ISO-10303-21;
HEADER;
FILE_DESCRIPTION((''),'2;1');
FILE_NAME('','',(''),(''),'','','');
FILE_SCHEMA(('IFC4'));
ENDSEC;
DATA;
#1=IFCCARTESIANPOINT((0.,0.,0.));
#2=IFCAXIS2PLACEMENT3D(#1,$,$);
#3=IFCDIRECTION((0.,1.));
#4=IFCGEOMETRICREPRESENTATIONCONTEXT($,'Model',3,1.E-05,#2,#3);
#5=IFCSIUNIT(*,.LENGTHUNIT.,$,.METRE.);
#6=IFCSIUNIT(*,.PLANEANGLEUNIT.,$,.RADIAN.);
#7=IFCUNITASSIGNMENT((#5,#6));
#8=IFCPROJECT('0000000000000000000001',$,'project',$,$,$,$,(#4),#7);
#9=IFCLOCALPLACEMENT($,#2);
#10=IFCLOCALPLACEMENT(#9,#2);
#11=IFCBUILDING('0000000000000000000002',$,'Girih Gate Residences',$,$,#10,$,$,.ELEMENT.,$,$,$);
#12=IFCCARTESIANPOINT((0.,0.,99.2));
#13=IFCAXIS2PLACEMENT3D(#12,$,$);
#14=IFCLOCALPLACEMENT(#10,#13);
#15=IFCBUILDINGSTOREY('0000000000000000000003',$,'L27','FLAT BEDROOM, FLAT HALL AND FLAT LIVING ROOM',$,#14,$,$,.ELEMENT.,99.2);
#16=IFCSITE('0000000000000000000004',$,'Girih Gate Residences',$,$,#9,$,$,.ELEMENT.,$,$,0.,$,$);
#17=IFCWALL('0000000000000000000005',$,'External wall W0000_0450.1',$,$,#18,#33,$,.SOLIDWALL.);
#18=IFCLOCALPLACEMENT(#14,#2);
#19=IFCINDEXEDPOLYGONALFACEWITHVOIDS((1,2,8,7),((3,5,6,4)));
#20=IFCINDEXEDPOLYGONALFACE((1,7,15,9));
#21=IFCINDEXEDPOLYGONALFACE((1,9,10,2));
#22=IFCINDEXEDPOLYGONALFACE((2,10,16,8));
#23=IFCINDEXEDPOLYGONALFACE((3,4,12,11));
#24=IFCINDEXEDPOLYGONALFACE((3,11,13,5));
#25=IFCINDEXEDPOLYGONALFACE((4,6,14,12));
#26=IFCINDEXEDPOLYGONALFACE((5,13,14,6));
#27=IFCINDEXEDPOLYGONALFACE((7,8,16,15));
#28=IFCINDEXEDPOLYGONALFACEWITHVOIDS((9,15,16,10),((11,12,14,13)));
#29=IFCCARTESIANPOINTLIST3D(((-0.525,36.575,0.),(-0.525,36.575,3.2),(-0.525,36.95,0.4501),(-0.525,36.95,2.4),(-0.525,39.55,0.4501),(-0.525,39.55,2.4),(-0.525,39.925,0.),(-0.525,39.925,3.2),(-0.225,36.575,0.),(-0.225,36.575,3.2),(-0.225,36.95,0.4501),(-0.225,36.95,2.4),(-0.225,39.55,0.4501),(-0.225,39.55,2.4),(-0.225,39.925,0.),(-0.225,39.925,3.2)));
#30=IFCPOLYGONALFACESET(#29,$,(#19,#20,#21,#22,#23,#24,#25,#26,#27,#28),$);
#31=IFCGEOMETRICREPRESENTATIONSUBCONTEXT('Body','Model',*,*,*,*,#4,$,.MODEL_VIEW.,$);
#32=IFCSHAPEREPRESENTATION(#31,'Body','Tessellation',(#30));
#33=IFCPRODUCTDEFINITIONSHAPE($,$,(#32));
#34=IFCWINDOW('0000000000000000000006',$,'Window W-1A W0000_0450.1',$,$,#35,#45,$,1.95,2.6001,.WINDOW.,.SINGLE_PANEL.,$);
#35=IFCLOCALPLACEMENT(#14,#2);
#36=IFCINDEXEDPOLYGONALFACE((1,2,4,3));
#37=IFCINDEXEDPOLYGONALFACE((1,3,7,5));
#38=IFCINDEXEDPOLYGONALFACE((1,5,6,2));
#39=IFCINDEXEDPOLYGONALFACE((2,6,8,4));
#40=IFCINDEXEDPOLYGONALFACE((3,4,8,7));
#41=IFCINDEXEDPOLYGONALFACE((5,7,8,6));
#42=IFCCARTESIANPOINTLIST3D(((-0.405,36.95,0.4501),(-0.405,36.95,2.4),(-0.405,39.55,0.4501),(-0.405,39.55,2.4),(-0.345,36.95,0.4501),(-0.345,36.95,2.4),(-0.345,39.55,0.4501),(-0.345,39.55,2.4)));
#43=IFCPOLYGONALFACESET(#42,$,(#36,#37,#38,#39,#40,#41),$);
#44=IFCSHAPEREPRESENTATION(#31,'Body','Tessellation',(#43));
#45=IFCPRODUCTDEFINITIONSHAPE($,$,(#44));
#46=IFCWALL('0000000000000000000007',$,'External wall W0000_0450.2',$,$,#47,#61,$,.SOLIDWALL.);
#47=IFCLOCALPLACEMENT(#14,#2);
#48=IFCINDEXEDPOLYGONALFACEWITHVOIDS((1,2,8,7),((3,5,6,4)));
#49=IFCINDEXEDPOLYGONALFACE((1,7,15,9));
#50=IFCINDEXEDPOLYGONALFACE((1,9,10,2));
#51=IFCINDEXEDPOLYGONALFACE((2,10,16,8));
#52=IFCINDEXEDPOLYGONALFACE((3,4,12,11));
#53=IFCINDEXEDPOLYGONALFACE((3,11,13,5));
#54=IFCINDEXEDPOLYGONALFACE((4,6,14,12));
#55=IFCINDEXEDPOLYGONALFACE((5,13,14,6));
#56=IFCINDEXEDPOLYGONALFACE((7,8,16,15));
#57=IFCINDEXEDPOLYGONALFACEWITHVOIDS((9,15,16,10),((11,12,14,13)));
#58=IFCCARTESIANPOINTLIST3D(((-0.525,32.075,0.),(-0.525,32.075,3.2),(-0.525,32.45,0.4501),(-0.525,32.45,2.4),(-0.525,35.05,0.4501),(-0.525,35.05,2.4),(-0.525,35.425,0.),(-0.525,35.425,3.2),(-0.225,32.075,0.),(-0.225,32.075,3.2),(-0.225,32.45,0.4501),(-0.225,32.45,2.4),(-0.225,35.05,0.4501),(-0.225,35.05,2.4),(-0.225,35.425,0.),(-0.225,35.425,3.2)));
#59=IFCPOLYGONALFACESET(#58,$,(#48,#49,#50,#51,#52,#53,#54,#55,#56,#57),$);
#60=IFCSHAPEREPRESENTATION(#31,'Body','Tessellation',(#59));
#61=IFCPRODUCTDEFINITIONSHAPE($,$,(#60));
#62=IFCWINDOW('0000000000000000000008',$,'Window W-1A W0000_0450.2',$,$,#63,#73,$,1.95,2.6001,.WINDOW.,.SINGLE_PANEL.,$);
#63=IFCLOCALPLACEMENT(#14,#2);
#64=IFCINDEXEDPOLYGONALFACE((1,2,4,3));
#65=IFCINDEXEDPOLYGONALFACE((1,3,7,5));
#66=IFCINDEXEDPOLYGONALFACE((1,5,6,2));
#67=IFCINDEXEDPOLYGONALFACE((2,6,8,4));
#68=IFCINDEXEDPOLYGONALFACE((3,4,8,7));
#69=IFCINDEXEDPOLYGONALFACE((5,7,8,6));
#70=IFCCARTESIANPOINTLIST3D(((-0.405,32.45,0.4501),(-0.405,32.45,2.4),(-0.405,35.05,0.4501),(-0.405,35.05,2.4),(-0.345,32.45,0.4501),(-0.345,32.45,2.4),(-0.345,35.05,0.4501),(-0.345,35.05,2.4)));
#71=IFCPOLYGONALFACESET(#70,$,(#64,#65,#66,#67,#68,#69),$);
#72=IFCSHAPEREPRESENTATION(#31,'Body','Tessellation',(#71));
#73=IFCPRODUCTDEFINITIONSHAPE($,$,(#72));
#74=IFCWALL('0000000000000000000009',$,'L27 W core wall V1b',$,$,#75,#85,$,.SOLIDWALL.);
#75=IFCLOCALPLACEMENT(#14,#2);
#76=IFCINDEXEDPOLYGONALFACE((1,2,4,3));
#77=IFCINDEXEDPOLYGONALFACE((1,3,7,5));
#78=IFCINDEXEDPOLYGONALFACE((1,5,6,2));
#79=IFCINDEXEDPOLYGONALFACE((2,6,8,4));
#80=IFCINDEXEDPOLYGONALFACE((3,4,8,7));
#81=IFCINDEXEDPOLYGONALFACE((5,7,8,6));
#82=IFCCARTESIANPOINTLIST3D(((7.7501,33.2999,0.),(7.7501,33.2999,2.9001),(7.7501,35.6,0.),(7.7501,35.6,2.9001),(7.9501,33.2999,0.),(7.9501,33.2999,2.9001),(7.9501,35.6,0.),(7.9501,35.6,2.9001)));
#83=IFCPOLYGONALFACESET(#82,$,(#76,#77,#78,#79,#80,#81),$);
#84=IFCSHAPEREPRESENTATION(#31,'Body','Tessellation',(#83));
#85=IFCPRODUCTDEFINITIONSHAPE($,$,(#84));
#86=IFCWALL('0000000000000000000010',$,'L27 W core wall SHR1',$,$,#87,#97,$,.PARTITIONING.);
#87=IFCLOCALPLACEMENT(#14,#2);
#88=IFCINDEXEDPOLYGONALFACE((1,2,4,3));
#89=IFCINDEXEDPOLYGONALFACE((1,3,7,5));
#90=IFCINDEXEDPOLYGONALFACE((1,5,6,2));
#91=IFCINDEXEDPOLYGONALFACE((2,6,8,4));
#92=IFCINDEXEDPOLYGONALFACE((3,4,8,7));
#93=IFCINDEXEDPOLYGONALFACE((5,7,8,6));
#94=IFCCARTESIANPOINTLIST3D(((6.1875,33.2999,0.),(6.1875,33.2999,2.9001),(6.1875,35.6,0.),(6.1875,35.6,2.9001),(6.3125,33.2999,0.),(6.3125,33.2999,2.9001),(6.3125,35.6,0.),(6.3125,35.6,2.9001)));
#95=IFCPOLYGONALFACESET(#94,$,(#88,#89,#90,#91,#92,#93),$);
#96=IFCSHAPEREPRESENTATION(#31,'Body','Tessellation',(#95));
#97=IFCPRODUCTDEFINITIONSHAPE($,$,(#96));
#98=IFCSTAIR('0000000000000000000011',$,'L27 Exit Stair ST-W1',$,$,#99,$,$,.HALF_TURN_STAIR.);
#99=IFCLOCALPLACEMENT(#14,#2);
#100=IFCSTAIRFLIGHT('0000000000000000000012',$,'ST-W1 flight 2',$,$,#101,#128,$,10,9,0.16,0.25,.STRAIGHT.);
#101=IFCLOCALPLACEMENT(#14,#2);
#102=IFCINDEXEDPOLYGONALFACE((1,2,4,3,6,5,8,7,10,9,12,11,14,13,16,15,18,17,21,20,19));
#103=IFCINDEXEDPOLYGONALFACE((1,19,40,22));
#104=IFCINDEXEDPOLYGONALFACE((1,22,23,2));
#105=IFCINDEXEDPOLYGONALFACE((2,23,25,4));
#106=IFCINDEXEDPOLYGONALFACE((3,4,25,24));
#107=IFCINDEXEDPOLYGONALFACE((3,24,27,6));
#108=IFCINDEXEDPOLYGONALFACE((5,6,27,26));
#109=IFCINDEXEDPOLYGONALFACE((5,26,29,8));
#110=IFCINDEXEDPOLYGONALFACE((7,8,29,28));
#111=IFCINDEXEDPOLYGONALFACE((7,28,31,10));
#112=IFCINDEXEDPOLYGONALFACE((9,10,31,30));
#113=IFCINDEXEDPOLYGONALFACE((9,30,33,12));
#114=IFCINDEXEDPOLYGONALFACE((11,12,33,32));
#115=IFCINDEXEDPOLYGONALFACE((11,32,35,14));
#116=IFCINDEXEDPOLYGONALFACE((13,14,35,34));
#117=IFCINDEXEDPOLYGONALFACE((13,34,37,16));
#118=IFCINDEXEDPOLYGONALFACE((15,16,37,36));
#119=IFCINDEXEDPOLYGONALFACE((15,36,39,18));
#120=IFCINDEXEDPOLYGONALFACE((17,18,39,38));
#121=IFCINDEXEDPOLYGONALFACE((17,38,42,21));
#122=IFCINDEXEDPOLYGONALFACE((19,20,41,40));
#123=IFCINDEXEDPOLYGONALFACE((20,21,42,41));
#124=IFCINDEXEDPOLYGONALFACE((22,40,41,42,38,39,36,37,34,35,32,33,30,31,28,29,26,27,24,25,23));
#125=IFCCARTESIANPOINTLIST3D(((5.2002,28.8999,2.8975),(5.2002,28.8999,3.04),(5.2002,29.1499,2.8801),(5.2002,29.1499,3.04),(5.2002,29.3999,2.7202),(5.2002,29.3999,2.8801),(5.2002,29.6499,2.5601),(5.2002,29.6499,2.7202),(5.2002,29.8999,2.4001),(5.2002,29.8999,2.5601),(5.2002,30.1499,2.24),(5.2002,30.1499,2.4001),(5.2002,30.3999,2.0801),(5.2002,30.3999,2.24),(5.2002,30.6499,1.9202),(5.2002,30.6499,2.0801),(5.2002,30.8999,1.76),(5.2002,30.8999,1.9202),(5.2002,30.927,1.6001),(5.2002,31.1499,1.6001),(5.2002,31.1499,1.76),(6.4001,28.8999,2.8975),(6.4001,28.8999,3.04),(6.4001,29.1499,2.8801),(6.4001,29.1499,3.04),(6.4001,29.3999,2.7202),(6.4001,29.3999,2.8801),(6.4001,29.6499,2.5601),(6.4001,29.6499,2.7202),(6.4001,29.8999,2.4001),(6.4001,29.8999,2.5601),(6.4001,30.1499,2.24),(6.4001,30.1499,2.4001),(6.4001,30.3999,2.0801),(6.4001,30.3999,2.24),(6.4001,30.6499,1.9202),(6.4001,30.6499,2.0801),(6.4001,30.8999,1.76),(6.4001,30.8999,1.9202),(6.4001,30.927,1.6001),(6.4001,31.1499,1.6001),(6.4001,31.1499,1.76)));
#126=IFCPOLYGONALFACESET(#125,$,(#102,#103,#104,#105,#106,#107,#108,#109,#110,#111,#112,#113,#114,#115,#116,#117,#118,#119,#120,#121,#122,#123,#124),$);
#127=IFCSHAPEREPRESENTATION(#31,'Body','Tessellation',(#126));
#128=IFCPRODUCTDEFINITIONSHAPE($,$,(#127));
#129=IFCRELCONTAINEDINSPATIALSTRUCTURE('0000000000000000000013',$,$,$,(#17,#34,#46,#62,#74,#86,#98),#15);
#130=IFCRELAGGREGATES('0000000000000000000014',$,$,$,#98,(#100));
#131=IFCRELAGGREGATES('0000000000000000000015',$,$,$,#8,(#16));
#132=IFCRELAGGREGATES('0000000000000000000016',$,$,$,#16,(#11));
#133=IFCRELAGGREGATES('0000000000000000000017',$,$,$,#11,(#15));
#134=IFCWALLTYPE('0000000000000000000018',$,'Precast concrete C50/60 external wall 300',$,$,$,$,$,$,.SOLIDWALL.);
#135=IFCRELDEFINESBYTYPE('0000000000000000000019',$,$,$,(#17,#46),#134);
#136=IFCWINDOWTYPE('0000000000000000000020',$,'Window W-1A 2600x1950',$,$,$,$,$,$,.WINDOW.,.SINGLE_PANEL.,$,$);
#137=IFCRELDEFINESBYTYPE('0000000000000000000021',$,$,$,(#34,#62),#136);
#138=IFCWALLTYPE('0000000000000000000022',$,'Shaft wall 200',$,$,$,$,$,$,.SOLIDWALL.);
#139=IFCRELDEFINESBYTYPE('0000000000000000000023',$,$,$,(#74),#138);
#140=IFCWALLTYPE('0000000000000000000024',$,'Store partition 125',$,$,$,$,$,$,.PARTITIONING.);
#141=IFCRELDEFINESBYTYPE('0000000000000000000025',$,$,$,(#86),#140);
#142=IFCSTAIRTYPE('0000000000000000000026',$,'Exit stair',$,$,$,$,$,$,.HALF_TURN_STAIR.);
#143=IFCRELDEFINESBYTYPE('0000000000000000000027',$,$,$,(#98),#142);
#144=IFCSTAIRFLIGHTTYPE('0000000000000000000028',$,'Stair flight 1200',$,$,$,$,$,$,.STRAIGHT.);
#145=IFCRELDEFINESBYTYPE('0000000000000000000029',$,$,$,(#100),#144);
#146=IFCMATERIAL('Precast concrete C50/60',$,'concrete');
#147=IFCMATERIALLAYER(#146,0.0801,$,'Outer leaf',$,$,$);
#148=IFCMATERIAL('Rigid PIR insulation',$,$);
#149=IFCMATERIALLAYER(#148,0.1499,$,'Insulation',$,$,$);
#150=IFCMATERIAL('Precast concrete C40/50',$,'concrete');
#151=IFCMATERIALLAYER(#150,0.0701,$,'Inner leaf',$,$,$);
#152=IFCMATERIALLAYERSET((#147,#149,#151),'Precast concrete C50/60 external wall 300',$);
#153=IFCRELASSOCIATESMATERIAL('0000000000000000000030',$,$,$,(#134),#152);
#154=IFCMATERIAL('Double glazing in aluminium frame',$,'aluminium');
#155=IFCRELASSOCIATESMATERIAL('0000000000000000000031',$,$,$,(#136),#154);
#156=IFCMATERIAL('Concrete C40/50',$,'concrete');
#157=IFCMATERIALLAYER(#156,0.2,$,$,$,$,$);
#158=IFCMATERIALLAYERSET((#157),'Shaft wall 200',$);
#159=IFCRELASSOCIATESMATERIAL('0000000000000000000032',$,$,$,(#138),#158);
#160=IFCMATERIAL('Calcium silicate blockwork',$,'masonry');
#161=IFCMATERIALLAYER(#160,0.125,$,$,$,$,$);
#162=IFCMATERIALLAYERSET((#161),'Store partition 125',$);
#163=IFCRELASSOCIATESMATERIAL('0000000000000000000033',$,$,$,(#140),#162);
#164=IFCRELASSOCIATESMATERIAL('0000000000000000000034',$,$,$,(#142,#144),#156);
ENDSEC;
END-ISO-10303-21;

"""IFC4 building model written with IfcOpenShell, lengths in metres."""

from ifc_helpers import new_model, si_unit, direction, frame, frame_2d, origin, place, context, subcontext, project, spatial, polyline, rectangle, outline, extrude, material, layer, layer_set, type_object, element, fill, aggregate, save


model = new_model("IFC4")

# Units and contexts
model_context = context("Model", 3, precision=1e-05, world=origin(), true_north=direction((0.0, 1.0)))
body_context = subcontext(model_context, "Body", "Model", "MODEL_VIEW")
ifc_project = project(units=[si_unit("LENGTHUNIT", "METRE"), si_unit("PLANEANGLEUNIT", "RADIAN")], contexts=[model_context])

# Site, building, storey
site_placement = place(None, origin())
site = spatial("IfcSite", under=ifc_project, at=site_placement, Name="Girih Gate Residences", CompositionType="ELEMENT", RefElevation=0.0)
building_placement = place(site_placement, origin())
building = spatial("IfcBuilding", under=site, at=building_placement, Name="Girih Gate Residences", CompositionType="ELEMENT")
storey_placement = place(building_placement, frame((0.0, 0.0, 99.2)))
storey = spatial("IfcBuildingStorey", under=building, at=storey_placement, Name="L27", Description="FLAT BEDROOM, FLAT HALL AND FLAT LIVING ROOM", CompositionType="ELEMENT", Elevation=99.2)

# Shared definitions
ifc_material_1 = material(Name="Concrete C40/50", Category="concrete")

# Walls, openings, windows
ifc_material_2 = material(Name="Precast concrete C50/60", Category="concrete")
ifc_layer_1 = layer(ifc_material_2, 0.0801, Name="Outer leaf")
ifc_material_3 = material(Name="Rigid PIR insulation")
ifc_layer_2 = layer(ifc_material_3, 0.1499, Name="Insulation")
ifc_material_4 = material(Name="Precast concrete C40/50", Category="concrete")
ifc_layer_3 = layer(ifc_material_4, 0.0701, Name="Inner leaf")
ifc_layer_set_1 = layer_set([ifc_layer_1, ifc_layer_2, ifc_layer_3], Name="Precast concrete C50/60 external wall 300")
wall_type_1 = type_object("IfcWallType", Name="Precast concrete C50/60 external wall 300", PredefinedType="SOLIDWALL", material=ifc_layer_set_1)
wall_1_placement = place(storey_placement, frame((-0.375, 36.575, 0.0), z_axis=(0.0, 0.0, 1.0), x_axis=(0.0, 1.0, 0.0)))
wall_1 = element("IfcWall", 1, at=wall_1_placement, inside=storey, type_object=wall_type_1, Name="External wall W0000_0450.1", PredefinedType="SOLIDWALL", context=body_context, shape_type="SweptSolid", body=[
    extrude(rectangle(XDim=3.3501, YDim=0.3, at=frame_2d((1.675, 0.0))), origin(), (0.0, 0.0, 1.0), 3.2),
])
opening_1_placement = place(wall_1_placement, frame((0.375, 0.0, 0.45)))
opening_1 = element("IfcOpeningElement", 2, at=opening_1_placement, cuts=wall_1, PredefinedType="OPENING", context=body_context, shape_type="SweptSolid", body=[
    extrude(rectangle(XDim=2.6001, YDim=1.95, at=frame_2d((1.3, 0.9751))), frame((0.0, 0.1599, 0.0), z_axis=(0.0, -1.0, 0.0), x_axis=(1.0, 0.0, 0.0)), (0.0, 0.0, 1.0), 0.3201),
])
ifc_material_5 = material(Name="Double glazing in aluminium frame", Category="aluminium")
window_type = type_object("IfcWindowType", Name="Window W-1A 2600x1950", PartitioningType="SINGLE_PANEL", PredefinedType="WINDOW", material=ifc_material_5)
window_1_placement = place(opening_1_placement, origin())
window_1 = element("IfcWindow", 3, at=window_1_placement, inside=storey, type_object=window_type, Name="Window W-1A W0000_0450.1", OverallHeight=1.95, OverallWidth=2.6001, PartitioningType="SINGLE_PANEL", PredefinedType="WINDOW", context=body_context, shape_type="SweptSolid", body=[
    extrude(rectangle(XDim=2.6001, YDim=1.95, at=frame_2d((1.3, 0.9751))), frame((0.0, 0.03, 0.0), z_axis=(0.0, -1.0, 0.0), x_axis=(1.0, 0.0, 0.0)), (0.0, 0.0, 1.0), 0.0601),
])
fill(opening_1, window_1)
wall_2_placement = place(storey_placement, frame((-0.375, 32.075, 0.0), z_axis=(0.0, 0.0, 1.0), x_axis=(0.0, 1.0, 0.0)))
wall_2 = element("IfcWall", 4, at=wall_2_placement, inside=storey, type_object=wall_type_1, Name="External wall W0000_0450.2", PredefinedType="SOLIDWALL", context=body_context, shape_type="SweptSolid", body=[
    extrude(rectangle(XDim=3.3501, YDim=0.3, at=frame_2d((1.675, 0.0))), origin(), (0.0, 0.0, 1.0), 3.2),
])
opening_2_placement = place(wall_2_placement, frame((0.375, 0.0, 0.45)))
opening_2 = element("IfcOpeningElement", 5, at=opening_2_placement, cuts=wall_2, PredefinedType="OPENING", context=body_context, shape_type="SweptSolid", body=[
    extrude(rectangle(XDim=2.6001, YDim=1.95, at=frame_2d((1.3, 0.9751))), frame((0.0, 0.1599, 0.0), z_axis=(0.0, -1.0, 0.0), x_axis=(1.0, 0.0, 0.0)), (0.0, 0.0, 1.0), 0.3201),
])
window_2_placement = place(opening_2_placement, origin())
window_2 = element("IfcWindow", 6, at=window_2_placement, inside=storey, type_object=window_type, Name="Window W-1A W0000_0450.2", OverallHeight=1.95, OverallWidth=2.6001, PartitioningType="SINGLE_PANEL", PredefinedType="WINDOW", context=body_context, shape_type="SweptSolid", body=[
    extrude(rectangle(XDim=2.6001, YDim=1.95, at=frame_2d((1.3, 0.9751))), frame((0.0, 0.03, 0.0), z_axis=(0.0, -1.0, 0.0), x_axis=(1.0, 0.0, 0.0)), (0.0, 0.0, 1.0), 0.0601),
])
fill(opening_2, window_2)

# Walls
ifc_layer_4 = layer(ifc_material_1, 0.2)
ifc_layer_set_2 = layer_set([ifc_layer_4], Name="Shaft wall 200")
wall_type_2 = type_object("IfcWallType", Name="Shaft wall 200", PredefinedType="SOLIDWALL", material=ifc_layer_set_2)
wall_3_placement = place(storey_placement, frame((7.8501, 33.3, 0.0), z_axis=(0.0, 0.0, 1.0), x_axis=(0.0, 1.0, 0.0)))
element("IfcWall", 7, at=wall_3_placement, inside=storey, type_object=wall_type_2, Name="L27 W core wall V1b", PredefinedType="SOLIDWALL", context=body_context, shape_type="SweptSolid", body=[
    extrude(rectangle(XDim=2.3, YDim=0.2, at=frame_2d((1.1499, 0.0))), origin(), (0.0, 0.0, 1.0), 2.9001),
])
ifc_material_6 = material(Name="Calcium silicate blockwork", Category="masonry")
ifc_layer_5 = layer(ifc_material_6, 0.125)
ifc_layer_set_3 = layer_set([ifc_layer_5], Name="Store partition 125")
wall_type_3 = type_object("IfcWallType", Name="Store partition 125", PredefinedType="PARTITIONING", material=ifc_layer_set_3)
wall_4_placement = place(storey_placement, frame((6.25, 33.3, 0.0), z_axis=(0.0, 0.0, 1.0), x_axis=(0.0, 1.0, 0.0)))
element("IfcWall", 8, at=wall_4_placement, inside=storey, type_object=wall_type_3, Name="L27 W core wall SHR1", PredefinedType="PARTITIONING", context=body_context, shape_type="SweptSolid", body=[
    extrude(rectangle(XDim=2.3, YDim=0.125, at=frame_2d((1.1499, 0.0))), origin(), (0.0, 0.0, 1.0), 2.9001),
])

# Stair, stair flight
stair_type = type_object("IfcStairType", Name="Exit stair", PredefinedType="HALF_TURN_STAIR", material=ifc_material_1)
stair_placement = place(storey_placement, origin())
stair = element("IfcStair", 9, at=stair_placement, inside=storey, type_object=stair_type, Name="L27 Exit Stair ST-W1", PredefinedType="HALF_TURN_STAIR")
stair_flight_type = type_object("IfcStairFlightType", Name="Stair flight 1200", PredefinedType="STRAIGHT", material=ifc_material_1)
stair_flight_placement = place(storey_placement, frame((5.8, 31.1499, 1.6001), z_axis=(0.0, 0.0, 1.0), x_axis=(0.0, -1.0, 0.0)))
stair_flight = element("IfcStairFlight", 10, at=stair_flight_placement, type_object=stair_flight_type, Name="ST-W1 flight 2", NumberOfRisers=10, NumberOfTreads=9, PredefinedType="STRAIGHT", RiserHeight=0.16, TreadLength=0.25, context=body_context, shape_type="SweptSolid", body=[
    extrude(outline(polyline([(0.0, 0.0), (0.0, 0.1599), (0.25, 0.1599), (0.25, 0.3201), (0.5, 0.3201), (0.5, 0.48), (0.75, 0.48), (0.75, 0.6399), (1.0, 0.6399), (1.0, 0.8), (1.25, 0.8), (1.25, 0.96), (1.5, 0.96), (1.5, 1.1201), (1.75, 1.1201), (1.75, 1.28), (2.0, 1.28), (2.0, 1.4399), (2.25, 1.4399), (2.25, 1.6001), (2.25, 1.2974), (0.2229, 0.0), (0.0, 0.0)])), frame((0.0, 0.6001, 0.0), z_axis=(0.0, -1.0, 0.0), x_axis=(1.0, 0.0, 0.0)), (0.0, 0.0, 1.0), 1.2),
])
aggregate(stair, [stair_flight])

save(model, "model.ifc")
